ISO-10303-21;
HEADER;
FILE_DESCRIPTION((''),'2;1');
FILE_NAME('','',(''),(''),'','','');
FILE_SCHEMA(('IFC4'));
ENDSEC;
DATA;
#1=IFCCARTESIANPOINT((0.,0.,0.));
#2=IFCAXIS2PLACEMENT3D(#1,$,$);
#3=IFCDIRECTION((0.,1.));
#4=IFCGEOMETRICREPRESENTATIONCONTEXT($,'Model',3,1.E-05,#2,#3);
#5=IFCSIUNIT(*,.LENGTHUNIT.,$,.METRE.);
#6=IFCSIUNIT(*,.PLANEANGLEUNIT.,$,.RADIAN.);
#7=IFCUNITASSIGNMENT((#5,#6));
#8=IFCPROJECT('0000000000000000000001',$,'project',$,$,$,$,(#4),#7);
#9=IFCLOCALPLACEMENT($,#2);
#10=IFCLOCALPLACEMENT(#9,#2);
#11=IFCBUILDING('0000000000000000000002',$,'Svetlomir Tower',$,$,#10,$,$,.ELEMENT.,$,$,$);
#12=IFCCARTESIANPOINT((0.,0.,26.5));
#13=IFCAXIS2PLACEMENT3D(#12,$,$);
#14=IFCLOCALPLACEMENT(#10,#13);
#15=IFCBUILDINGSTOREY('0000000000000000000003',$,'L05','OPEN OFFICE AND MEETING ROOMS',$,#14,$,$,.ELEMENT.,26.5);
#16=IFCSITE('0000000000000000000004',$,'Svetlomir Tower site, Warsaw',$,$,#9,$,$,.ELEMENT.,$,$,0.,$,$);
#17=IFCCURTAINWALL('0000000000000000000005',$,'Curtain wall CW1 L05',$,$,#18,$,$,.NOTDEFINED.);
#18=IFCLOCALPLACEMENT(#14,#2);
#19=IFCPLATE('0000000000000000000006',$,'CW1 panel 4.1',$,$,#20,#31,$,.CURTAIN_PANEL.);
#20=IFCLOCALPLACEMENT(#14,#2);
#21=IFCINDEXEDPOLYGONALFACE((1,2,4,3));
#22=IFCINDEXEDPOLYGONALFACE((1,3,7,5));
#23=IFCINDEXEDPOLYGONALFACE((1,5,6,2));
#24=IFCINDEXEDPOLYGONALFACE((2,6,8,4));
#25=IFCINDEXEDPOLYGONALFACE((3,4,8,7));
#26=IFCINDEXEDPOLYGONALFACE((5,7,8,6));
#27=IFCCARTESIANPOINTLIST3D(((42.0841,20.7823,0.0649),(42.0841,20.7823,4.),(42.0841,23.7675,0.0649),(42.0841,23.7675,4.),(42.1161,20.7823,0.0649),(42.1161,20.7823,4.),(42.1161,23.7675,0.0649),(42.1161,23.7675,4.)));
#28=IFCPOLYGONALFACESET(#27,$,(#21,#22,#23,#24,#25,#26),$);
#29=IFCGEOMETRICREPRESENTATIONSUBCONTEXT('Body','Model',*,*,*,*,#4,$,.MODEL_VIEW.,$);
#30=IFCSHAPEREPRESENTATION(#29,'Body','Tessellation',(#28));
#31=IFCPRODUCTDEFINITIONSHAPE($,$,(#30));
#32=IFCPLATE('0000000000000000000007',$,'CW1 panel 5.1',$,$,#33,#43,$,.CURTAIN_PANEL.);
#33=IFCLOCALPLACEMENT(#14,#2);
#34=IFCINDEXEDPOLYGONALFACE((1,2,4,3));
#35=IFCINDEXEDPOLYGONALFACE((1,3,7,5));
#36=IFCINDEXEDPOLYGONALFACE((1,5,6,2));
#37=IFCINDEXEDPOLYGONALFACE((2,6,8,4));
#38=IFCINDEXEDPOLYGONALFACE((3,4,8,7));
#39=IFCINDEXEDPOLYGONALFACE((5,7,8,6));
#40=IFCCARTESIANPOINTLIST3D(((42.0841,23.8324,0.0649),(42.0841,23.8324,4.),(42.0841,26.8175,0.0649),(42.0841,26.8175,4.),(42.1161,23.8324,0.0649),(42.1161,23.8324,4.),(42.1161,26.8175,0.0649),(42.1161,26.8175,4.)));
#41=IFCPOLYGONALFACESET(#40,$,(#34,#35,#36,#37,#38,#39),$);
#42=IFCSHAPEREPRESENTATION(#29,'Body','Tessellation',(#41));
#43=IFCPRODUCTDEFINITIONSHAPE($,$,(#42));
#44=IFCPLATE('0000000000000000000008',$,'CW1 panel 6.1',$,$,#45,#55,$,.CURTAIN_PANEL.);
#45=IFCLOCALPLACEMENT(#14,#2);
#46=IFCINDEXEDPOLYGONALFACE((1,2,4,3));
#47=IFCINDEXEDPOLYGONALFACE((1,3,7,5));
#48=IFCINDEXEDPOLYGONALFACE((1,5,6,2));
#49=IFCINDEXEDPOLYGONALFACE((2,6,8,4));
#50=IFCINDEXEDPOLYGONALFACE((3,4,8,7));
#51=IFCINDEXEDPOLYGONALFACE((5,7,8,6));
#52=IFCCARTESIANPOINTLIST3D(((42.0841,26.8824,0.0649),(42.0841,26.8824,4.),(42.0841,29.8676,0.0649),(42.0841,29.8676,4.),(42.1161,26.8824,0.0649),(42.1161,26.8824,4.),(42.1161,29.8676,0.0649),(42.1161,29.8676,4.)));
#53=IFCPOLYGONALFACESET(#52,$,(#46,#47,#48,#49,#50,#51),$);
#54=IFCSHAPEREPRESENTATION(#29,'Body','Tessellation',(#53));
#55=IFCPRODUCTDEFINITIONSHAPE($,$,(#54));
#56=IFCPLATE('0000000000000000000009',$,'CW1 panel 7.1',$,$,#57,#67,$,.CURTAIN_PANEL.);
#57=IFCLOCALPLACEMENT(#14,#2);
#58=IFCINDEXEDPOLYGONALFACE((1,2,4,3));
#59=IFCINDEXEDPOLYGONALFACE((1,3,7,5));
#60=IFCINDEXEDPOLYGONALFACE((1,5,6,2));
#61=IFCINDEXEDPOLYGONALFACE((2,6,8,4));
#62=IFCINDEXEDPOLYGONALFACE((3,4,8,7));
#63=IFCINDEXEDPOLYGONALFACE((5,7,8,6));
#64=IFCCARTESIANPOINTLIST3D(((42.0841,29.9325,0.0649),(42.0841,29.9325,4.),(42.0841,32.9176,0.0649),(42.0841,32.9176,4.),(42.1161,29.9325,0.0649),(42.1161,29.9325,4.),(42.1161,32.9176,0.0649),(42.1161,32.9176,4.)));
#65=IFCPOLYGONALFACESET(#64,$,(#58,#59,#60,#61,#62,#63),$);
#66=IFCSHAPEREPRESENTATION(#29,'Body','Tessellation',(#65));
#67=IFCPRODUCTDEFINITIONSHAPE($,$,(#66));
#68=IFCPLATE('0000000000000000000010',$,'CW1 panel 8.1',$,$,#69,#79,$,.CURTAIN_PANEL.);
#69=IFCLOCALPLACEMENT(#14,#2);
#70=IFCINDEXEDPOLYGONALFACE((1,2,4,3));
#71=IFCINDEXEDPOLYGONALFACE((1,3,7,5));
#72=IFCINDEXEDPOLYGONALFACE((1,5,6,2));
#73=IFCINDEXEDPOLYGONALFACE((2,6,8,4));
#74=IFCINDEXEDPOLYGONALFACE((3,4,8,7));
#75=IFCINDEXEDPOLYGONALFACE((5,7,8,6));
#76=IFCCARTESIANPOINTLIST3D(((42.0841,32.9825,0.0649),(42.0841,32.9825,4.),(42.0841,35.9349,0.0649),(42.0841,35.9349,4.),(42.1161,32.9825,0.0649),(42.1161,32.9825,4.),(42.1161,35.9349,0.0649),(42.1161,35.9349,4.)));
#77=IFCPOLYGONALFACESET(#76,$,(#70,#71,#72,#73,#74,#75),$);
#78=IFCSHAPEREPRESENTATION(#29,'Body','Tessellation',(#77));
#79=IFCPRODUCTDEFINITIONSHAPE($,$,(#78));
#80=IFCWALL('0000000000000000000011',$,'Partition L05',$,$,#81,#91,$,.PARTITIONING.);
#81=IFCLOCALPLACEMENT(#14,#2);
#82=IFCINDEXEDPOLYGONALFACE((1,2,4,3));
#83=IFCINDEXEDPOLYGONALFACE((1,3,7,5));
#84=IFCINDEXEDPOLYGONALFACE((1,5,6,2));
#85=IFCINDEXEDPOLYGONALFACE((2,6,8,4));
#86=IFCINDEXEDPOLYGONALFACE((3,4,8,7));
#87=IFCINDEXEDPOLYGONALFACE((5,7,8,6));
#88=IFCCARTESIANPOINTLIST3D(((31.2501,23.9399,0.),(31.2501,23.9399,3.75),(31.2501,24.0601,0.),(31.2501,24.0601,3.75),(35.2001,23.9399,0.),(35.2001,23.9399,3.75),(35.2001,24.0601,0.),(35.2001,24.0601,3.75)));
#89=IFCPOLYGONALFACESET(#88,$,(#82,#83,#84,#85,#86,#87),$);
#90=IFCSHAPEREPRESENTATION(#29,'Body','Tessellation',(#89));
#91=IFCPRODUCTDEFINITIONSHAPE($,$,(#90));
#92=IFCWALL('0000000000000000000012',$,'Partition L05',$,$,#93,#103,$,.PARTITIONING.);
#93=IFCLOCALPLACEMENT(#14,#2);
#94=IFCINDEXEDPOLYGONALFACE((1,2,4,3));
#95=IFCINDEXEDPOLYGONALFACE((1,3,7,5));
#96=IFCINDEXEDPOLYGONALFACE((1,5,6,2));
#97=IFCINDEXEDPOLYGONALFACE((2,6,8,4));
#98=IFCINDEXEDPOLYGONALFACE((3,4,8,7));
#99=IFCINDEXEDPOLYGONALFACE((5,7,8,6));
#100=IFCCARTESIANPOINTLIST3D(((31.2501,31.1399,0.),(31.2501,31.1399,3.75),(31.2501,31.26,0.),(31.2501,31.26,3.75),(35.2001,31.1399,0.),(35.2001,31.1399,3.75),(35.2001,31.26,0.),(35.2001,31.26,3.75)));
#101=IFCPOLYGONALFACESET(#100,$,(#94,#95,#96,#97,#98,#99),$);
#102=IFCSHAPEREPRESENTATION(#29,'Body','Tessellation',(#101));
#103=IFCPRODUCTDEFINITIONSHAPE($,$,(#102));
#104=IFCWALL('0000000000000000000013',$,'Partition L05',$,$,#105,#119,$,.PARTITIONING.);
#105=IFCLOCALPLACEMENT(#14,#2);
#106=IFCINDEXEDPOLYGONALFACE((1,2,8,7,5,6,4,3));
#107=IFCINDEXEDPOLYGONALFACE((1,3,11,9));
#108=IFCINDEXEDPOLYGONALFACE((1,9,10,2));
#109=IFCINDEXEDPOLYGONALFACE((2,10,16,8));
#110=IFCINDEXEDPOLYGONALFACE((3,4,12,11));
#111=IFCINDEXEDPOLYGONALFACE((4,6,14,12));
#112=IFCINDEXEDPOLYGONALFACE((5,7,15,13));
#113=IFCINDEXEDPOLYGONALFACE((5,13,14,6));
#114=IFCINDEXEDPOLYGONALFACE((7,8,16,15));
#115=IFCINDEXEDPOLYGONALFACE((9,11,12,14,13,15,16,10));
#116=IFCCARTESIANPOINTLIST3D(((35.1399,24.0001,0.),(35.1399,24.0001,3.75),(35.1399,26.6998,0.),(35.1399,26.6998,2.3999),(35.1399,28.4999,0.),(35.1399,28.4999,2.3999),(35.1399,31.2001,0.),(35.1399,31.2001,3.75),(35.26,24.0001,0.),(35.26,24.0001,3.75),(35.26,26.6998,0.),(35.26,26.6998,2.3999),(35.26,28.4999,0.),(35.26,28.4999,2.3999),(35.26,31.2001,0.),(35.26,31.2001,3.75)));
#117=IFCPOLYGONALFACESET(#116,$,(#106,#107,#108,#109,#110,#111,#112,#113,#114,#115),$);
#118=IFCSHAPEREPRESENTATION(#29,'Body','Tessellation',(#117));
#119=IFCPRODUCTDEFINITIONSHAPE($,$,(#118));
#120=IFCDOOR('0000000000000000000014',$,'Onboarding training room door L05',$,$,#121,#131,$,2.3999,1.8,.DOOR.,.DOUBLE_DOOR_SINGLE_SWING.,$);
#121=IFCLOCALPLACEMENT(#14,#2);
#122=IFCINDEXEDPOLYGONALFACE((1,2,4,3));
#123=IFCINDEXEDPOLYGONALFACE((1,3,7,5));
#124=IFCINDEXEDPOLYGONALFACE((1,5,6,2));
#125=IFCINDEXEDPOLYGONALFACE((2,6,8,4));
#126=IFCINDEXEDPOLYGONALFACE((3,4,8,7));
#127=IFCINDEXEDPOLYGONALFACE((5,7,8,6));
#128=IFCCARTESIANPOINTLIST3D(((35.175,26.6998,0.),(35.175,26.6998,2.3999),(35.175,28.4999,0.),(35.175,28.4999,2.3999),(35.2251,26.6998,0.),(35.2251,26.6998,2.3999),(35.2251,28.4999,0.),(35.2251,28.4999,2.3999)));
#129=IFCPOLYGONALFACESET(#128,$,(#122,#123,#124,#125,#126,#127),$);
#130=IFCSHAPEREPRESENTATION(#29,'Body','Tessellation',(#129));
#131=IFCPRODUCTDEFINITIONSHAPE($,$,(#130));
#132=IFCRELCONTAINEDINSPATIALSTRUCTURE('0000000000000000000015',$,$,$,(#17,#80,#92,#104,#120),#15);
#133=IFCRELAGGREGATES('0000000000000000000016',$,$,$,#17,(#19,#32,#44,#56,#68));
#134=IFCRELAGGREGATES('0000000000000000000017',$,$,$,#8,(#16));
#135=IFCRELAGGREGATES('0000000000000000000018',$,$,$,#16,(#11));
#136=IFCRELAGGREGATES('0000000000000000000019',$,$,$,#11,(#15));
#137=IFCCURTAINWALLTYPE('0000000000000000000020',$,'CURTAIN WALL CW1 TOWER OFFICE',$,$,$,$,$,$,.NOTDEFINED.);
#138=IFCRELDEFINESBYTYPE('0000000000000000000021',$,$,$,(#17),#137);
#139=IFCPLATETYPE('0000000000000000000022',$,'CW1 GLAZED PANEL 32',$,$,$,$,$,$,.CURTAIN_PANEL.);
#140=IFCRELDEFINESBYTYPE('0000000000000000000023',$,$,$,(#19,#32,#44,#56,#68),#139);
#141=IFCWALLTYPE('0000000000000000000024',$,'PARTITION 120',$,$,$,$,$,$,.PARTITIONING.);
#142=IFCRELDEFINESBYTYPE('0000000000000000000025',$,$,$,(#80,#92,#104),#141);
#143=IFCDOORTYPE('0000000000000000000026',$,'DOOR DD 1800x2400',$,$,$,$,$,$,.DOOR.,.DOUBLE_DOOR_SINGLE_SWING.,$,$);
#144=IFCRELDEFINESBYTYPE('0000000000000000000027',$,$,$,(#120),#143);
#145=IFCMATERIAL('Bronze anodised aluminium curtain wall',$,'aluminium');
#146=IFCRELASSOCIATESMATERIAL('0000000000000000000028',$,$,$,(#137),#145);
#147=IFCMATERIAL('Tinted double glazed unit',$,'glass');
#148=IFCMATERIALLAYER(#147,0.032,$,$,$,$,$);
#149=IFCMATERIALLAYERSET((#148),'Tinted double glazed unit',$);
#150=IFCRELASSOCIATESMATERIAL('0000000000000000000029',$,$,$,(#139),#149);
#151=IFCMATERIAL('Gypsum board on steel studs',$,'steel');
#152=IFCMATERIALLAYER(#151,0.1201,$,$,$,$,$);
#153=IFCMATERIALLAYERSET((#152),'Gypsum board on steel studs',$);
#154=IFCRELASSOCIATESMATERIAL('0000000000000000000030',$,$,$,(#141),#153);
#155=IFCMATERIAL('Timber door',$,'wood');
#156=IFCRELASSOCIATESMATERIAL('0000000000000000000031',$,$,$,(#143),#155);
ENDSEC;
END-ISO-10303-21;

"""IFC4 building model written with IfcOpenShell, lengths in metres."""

from ifc_helpers import new_model, si_unit, direction, frame, frame_2d, origin, origin_2d, place, context, subcontext, project, spatial, rectangle, extrude, material, layer, layer_set, type_object, element, fill, aggregate, save


model = new_model("IFC4")

# Units and contexts
model_context = context("Model", 3, precision=1e-05, world=origin(), true_north=direction((0.0, 1.0)))
body_context = subcontext(model_context, "Body", "Model", "MODEL_VIEW")
ifc_project = project(units=[si_unit("LENGTHUNIT", "METRE"), si_unit("PLANEANGLEUNIT", "RADIAN")], contexts=[model_context])

# Site, building, storey
site_placement = place(None, origin())
site = spatial("IfcSite", under=ifc_project, at=site_placement, Name="Svetlomir Tower site, Warsaw", CompositionType="ELEMENT", RefElevation=0.0)
building_placement = place(site_placement, origin())
building = spatial("IfcBuilding", under=site, at=building_placement, Name="Svetlomir Tower", CompositionType="ELEMENT")
storey_placement = place(building_placement, frame((0.0, 0.0, 26.5)))
storey = spatial("IfcBuildingStorey", under=building, at=storey_placement, Name="L05", Description="OPEN OFFICE AND MEETING ROOMS", CompositionType="ELEMENT", Elevation=26.5)

# Curtain wall
ifc_material_1 = material(Name="Bronze anodised aluminium curtain wall", Category="aluminium")
curtain_wall_type = type_object("IfcCurtainWallType", Name="CURTAIN WALL CW1 TOWER OFFICE", PredefinedType="NOTDEFINED", material=ifc_material_1)
curtain_wall_placement = place(storey_placement, origin())
curtain_wall = element("IfcCurtainWall", 1, at=curtain_wall_placement, inside=storey, type_object=curtain_wall_type, Name="Curtain wall CW1 L05", PredefinedType="NOTDEFINED")

# Plates
ifc_material_2 = material(Name="Tinted double glazed unit", Category="glass")
ifc_layer_1 = layer(ifc_material_2, 0.032)
ifc_layer_set_1 = layer_set([ifc_layer_1], Name="Tinted double glazed unit")
plate_type = type_object("IfcPlateType", Name="CW1 GLAZED PANEL 32", PredefinedType="CURTAIN_PANEL", material=ifc_layer_set_1)
plate_1_placement = place(storey_placement, frame((42.1001, 22.2749, 0.0649), z_axis=(0.0, 0.0, 1.0), x_axis=(0.0, 1.0, 0.0)))
plate_1 = element("IfcPlate", 2, at=plate_1_placement, type_object=plate_type, Name="CW1 panel 4.1", PredefinedType="CURTAIN_PANEL", context=body_context, shape_type="SweptSolid", body=[
    extrude(rectangle(XDim=2.9851, YDim=0.032, at=origin_2d()), origin(), (0.0, 0.0, 1.0), 3.9351),
])
plate_2_placement = place(storey_placement, frame((42.1001, 25.325, 0.0649), z_axis=(0.0, 0.0, 1.0), x_axis=(0.0, 1.0, 0.0)))
plate_2 = element("IfcPlate", 3, at=plate_2_placement, type_object=plate_type, Name="CW1 panel 5.1", PredefinedType="CURTAIN_PANEL", context=body_context, shape_type="SweptSolid", body=[
    extrude(rectangle(XDim=2.9851, YDim=0.032, at=origin_2d()), origin(), (0.0, 0.0, 1.0), 3.9351),
])
plate_3_placement = place(storey_placement, frame((42.1001, 28.375, 0.0649), z_axis=(0.0, 0.0, 1.0), x_axis=(0.0, 1.0, 0.0)))
plate_3 = element("IfcPlate", 4, at=plate_3_placement, type_object=plate_type, Name="CW1 panel 6.1", PredefinedType="CURTAIN_PANEL", context=body_context, shape_type="SweptSolid", body=[
    extrude(rectangle(XDim=2.9851, YDim=0.032, at=origin_2d()), origin(), (0.0, 0.0, 1.0), 3.9351),
])
plate_4_placement = place(storey_placement, frame((42.1001, 31.425, 0.0649), z_axis=(0.0, 0.0, 1.0), x_axis=(0.0, 1.0, 0.0)))
plate_4 = element("IfcPlate", 5, at=plate_4_placement, type_object=plate_type, Name="CW1 panel 7.1", PredefinedType="CURTAIN_PANEL", context=body_context, shape_type="SweptSolid", body=[
    extrude(rectangle(XDim=2.9851, YDim=0.032, at=origin_2d()), origin(), (0.0, 0.0, 1.0), 3.9351),
])
plate_5_placement = place(storey_placement, frame((42.1001, 34.4587, 0.0649), z_axis=(0.0, 0.0, 1.0), x_axis=(0.0, 1.0, 0.0)))
plate_5 = element("IfcPlate", 6, at=plate_5_placement, type_object=plate_type, Name="CW1 panel 8.1", PredefinedType="CURTAIN_PANEL", context=body_context, shape_type="SweptSolid", body=[
    extrude(rectangle(XDim=2.9524, YDim=0.032, at=origin_2d()), origin(), (0.0, 0.0, 1.0), 3.9351),
])
aggregate(curtain_wall, [plate_1, plate_2, plate_3, plate_4, plate_5])

# Walls
ifc_material_3 = material(Name="Gypsum board on steel studs", Category="steel")
ifc_layer_2 = layer(ifc_material_3, 0.1201)
ifc_layer_set_2 = layer_set([ifc_layer_2], Name="Gypsum board on steel studs")
wall_type = type_object("IfcWallType", Name="PARTITION 120", PredefinedType="PARTITIONING", material=ifc_layer_set_2)
for number, where, z_axis, x_axis, name in (
    (7, (31.25, 24.0, 0.0), (0.0, 0.0, 1.0), (1.0, 0.0, 0.0), "Partition L05"),
    (8, (31.25, 31.2, 0.0), (0.0, 0.0, 1.0), (1.0, 0.0, 0.0), "Partition L05"),
):
    element("IfcWall", number, at=place(storey_placement, frame(where, z_axis=z_axis, x_axis=x_axis)), inside=storey, type_object=wall_type, Name=name, PredefinedType="PARTITIONING", context=body_context, shape_type="SweptSolid", body=[
        extrude(rectangle(XDim=3.95, YDim=0.1201, at=frame_2d((1.9751, 0.0))), origin(), (0.0, 0.0, 1.0), 3.75),
    ])

# Wall, opening, door
wall_1_placement = place(storey_placement, frame((35.2, 24.0, 0.0), z_axis=(0.0, 0.0, 1.0), x_axis=(0.0, 1.0, 0.0)))
wall_1 = element("IfcWall", 9, at=wall_1_placement, inside=storey, type_object=wall_type, Name="Partition L05", PredefinedType="PARTITIONING", context=body_context, shape_type="SweptSolid", body=[
    extrude(rectangle(XDim=7.2, YDim=0.1201, at=frame_2d((3.6001, 0.0))), origin(), (0.0, 0.0, 1.0), 3.75),
])
opening_1_placement = place(wall_1_placement, frame((2.7, 0.0, 0.0)))
opening_1 = element("IfcOpeningElement", 10, at=opening_1_placement, cuts=wall_1, PredefinedType="OPENING", context=body_context, shape_type="SweptSolid", body=[
    extrude(rectangle(XDim=1.8, YDim=2.3999, at=frame_2d((0.8999, 1.2))), frame((0.0, 0.0701, 0.0), z_axis=(0.0, -1.0, 0.0), x_axis=(1.0, 0.0, 0.0)), (0.0, 0.0, 1.0), 0.1401),
])
ifc_material_4 = material(Name="Timber door", Category="wood")
door_type_1 = type_object("IfcDoorType", Name="DOOR DD 1800x2400", OperationType="DOUBLE_DOOR_SINGLE_SWING", PredefinedType="DOOR", material=ifc_material_4)
door_1_placement = place(opening_1_placement, origin())
door_1 = element("IfcDoor", 11, at=door_1_placement, inside=storey, type_object=door_type_1, Name="Onboarding training room door L05", OperationType="DOUBLE_DOOR_SINGLE_SWING", OverallHeight=2.3999, OverallWidth=1.8, PredefinedType="DOOR", context=body_context, shape_type="SweptSolid", body=[
    extrude(rectangle(XDim=1.8, YDim=2.3999, at=frame_2d((0.8999, 1.2))), frame((0.0, 0.0249, 0.0), z_axis=(0.0, -1.0, 0.0), x_axis=(1.0, 0.0, 0.0)), (0.0, 0.0, 1.0), 0.05),
])
fill(opening_1, door_1)

save(model, "model.ifc")
